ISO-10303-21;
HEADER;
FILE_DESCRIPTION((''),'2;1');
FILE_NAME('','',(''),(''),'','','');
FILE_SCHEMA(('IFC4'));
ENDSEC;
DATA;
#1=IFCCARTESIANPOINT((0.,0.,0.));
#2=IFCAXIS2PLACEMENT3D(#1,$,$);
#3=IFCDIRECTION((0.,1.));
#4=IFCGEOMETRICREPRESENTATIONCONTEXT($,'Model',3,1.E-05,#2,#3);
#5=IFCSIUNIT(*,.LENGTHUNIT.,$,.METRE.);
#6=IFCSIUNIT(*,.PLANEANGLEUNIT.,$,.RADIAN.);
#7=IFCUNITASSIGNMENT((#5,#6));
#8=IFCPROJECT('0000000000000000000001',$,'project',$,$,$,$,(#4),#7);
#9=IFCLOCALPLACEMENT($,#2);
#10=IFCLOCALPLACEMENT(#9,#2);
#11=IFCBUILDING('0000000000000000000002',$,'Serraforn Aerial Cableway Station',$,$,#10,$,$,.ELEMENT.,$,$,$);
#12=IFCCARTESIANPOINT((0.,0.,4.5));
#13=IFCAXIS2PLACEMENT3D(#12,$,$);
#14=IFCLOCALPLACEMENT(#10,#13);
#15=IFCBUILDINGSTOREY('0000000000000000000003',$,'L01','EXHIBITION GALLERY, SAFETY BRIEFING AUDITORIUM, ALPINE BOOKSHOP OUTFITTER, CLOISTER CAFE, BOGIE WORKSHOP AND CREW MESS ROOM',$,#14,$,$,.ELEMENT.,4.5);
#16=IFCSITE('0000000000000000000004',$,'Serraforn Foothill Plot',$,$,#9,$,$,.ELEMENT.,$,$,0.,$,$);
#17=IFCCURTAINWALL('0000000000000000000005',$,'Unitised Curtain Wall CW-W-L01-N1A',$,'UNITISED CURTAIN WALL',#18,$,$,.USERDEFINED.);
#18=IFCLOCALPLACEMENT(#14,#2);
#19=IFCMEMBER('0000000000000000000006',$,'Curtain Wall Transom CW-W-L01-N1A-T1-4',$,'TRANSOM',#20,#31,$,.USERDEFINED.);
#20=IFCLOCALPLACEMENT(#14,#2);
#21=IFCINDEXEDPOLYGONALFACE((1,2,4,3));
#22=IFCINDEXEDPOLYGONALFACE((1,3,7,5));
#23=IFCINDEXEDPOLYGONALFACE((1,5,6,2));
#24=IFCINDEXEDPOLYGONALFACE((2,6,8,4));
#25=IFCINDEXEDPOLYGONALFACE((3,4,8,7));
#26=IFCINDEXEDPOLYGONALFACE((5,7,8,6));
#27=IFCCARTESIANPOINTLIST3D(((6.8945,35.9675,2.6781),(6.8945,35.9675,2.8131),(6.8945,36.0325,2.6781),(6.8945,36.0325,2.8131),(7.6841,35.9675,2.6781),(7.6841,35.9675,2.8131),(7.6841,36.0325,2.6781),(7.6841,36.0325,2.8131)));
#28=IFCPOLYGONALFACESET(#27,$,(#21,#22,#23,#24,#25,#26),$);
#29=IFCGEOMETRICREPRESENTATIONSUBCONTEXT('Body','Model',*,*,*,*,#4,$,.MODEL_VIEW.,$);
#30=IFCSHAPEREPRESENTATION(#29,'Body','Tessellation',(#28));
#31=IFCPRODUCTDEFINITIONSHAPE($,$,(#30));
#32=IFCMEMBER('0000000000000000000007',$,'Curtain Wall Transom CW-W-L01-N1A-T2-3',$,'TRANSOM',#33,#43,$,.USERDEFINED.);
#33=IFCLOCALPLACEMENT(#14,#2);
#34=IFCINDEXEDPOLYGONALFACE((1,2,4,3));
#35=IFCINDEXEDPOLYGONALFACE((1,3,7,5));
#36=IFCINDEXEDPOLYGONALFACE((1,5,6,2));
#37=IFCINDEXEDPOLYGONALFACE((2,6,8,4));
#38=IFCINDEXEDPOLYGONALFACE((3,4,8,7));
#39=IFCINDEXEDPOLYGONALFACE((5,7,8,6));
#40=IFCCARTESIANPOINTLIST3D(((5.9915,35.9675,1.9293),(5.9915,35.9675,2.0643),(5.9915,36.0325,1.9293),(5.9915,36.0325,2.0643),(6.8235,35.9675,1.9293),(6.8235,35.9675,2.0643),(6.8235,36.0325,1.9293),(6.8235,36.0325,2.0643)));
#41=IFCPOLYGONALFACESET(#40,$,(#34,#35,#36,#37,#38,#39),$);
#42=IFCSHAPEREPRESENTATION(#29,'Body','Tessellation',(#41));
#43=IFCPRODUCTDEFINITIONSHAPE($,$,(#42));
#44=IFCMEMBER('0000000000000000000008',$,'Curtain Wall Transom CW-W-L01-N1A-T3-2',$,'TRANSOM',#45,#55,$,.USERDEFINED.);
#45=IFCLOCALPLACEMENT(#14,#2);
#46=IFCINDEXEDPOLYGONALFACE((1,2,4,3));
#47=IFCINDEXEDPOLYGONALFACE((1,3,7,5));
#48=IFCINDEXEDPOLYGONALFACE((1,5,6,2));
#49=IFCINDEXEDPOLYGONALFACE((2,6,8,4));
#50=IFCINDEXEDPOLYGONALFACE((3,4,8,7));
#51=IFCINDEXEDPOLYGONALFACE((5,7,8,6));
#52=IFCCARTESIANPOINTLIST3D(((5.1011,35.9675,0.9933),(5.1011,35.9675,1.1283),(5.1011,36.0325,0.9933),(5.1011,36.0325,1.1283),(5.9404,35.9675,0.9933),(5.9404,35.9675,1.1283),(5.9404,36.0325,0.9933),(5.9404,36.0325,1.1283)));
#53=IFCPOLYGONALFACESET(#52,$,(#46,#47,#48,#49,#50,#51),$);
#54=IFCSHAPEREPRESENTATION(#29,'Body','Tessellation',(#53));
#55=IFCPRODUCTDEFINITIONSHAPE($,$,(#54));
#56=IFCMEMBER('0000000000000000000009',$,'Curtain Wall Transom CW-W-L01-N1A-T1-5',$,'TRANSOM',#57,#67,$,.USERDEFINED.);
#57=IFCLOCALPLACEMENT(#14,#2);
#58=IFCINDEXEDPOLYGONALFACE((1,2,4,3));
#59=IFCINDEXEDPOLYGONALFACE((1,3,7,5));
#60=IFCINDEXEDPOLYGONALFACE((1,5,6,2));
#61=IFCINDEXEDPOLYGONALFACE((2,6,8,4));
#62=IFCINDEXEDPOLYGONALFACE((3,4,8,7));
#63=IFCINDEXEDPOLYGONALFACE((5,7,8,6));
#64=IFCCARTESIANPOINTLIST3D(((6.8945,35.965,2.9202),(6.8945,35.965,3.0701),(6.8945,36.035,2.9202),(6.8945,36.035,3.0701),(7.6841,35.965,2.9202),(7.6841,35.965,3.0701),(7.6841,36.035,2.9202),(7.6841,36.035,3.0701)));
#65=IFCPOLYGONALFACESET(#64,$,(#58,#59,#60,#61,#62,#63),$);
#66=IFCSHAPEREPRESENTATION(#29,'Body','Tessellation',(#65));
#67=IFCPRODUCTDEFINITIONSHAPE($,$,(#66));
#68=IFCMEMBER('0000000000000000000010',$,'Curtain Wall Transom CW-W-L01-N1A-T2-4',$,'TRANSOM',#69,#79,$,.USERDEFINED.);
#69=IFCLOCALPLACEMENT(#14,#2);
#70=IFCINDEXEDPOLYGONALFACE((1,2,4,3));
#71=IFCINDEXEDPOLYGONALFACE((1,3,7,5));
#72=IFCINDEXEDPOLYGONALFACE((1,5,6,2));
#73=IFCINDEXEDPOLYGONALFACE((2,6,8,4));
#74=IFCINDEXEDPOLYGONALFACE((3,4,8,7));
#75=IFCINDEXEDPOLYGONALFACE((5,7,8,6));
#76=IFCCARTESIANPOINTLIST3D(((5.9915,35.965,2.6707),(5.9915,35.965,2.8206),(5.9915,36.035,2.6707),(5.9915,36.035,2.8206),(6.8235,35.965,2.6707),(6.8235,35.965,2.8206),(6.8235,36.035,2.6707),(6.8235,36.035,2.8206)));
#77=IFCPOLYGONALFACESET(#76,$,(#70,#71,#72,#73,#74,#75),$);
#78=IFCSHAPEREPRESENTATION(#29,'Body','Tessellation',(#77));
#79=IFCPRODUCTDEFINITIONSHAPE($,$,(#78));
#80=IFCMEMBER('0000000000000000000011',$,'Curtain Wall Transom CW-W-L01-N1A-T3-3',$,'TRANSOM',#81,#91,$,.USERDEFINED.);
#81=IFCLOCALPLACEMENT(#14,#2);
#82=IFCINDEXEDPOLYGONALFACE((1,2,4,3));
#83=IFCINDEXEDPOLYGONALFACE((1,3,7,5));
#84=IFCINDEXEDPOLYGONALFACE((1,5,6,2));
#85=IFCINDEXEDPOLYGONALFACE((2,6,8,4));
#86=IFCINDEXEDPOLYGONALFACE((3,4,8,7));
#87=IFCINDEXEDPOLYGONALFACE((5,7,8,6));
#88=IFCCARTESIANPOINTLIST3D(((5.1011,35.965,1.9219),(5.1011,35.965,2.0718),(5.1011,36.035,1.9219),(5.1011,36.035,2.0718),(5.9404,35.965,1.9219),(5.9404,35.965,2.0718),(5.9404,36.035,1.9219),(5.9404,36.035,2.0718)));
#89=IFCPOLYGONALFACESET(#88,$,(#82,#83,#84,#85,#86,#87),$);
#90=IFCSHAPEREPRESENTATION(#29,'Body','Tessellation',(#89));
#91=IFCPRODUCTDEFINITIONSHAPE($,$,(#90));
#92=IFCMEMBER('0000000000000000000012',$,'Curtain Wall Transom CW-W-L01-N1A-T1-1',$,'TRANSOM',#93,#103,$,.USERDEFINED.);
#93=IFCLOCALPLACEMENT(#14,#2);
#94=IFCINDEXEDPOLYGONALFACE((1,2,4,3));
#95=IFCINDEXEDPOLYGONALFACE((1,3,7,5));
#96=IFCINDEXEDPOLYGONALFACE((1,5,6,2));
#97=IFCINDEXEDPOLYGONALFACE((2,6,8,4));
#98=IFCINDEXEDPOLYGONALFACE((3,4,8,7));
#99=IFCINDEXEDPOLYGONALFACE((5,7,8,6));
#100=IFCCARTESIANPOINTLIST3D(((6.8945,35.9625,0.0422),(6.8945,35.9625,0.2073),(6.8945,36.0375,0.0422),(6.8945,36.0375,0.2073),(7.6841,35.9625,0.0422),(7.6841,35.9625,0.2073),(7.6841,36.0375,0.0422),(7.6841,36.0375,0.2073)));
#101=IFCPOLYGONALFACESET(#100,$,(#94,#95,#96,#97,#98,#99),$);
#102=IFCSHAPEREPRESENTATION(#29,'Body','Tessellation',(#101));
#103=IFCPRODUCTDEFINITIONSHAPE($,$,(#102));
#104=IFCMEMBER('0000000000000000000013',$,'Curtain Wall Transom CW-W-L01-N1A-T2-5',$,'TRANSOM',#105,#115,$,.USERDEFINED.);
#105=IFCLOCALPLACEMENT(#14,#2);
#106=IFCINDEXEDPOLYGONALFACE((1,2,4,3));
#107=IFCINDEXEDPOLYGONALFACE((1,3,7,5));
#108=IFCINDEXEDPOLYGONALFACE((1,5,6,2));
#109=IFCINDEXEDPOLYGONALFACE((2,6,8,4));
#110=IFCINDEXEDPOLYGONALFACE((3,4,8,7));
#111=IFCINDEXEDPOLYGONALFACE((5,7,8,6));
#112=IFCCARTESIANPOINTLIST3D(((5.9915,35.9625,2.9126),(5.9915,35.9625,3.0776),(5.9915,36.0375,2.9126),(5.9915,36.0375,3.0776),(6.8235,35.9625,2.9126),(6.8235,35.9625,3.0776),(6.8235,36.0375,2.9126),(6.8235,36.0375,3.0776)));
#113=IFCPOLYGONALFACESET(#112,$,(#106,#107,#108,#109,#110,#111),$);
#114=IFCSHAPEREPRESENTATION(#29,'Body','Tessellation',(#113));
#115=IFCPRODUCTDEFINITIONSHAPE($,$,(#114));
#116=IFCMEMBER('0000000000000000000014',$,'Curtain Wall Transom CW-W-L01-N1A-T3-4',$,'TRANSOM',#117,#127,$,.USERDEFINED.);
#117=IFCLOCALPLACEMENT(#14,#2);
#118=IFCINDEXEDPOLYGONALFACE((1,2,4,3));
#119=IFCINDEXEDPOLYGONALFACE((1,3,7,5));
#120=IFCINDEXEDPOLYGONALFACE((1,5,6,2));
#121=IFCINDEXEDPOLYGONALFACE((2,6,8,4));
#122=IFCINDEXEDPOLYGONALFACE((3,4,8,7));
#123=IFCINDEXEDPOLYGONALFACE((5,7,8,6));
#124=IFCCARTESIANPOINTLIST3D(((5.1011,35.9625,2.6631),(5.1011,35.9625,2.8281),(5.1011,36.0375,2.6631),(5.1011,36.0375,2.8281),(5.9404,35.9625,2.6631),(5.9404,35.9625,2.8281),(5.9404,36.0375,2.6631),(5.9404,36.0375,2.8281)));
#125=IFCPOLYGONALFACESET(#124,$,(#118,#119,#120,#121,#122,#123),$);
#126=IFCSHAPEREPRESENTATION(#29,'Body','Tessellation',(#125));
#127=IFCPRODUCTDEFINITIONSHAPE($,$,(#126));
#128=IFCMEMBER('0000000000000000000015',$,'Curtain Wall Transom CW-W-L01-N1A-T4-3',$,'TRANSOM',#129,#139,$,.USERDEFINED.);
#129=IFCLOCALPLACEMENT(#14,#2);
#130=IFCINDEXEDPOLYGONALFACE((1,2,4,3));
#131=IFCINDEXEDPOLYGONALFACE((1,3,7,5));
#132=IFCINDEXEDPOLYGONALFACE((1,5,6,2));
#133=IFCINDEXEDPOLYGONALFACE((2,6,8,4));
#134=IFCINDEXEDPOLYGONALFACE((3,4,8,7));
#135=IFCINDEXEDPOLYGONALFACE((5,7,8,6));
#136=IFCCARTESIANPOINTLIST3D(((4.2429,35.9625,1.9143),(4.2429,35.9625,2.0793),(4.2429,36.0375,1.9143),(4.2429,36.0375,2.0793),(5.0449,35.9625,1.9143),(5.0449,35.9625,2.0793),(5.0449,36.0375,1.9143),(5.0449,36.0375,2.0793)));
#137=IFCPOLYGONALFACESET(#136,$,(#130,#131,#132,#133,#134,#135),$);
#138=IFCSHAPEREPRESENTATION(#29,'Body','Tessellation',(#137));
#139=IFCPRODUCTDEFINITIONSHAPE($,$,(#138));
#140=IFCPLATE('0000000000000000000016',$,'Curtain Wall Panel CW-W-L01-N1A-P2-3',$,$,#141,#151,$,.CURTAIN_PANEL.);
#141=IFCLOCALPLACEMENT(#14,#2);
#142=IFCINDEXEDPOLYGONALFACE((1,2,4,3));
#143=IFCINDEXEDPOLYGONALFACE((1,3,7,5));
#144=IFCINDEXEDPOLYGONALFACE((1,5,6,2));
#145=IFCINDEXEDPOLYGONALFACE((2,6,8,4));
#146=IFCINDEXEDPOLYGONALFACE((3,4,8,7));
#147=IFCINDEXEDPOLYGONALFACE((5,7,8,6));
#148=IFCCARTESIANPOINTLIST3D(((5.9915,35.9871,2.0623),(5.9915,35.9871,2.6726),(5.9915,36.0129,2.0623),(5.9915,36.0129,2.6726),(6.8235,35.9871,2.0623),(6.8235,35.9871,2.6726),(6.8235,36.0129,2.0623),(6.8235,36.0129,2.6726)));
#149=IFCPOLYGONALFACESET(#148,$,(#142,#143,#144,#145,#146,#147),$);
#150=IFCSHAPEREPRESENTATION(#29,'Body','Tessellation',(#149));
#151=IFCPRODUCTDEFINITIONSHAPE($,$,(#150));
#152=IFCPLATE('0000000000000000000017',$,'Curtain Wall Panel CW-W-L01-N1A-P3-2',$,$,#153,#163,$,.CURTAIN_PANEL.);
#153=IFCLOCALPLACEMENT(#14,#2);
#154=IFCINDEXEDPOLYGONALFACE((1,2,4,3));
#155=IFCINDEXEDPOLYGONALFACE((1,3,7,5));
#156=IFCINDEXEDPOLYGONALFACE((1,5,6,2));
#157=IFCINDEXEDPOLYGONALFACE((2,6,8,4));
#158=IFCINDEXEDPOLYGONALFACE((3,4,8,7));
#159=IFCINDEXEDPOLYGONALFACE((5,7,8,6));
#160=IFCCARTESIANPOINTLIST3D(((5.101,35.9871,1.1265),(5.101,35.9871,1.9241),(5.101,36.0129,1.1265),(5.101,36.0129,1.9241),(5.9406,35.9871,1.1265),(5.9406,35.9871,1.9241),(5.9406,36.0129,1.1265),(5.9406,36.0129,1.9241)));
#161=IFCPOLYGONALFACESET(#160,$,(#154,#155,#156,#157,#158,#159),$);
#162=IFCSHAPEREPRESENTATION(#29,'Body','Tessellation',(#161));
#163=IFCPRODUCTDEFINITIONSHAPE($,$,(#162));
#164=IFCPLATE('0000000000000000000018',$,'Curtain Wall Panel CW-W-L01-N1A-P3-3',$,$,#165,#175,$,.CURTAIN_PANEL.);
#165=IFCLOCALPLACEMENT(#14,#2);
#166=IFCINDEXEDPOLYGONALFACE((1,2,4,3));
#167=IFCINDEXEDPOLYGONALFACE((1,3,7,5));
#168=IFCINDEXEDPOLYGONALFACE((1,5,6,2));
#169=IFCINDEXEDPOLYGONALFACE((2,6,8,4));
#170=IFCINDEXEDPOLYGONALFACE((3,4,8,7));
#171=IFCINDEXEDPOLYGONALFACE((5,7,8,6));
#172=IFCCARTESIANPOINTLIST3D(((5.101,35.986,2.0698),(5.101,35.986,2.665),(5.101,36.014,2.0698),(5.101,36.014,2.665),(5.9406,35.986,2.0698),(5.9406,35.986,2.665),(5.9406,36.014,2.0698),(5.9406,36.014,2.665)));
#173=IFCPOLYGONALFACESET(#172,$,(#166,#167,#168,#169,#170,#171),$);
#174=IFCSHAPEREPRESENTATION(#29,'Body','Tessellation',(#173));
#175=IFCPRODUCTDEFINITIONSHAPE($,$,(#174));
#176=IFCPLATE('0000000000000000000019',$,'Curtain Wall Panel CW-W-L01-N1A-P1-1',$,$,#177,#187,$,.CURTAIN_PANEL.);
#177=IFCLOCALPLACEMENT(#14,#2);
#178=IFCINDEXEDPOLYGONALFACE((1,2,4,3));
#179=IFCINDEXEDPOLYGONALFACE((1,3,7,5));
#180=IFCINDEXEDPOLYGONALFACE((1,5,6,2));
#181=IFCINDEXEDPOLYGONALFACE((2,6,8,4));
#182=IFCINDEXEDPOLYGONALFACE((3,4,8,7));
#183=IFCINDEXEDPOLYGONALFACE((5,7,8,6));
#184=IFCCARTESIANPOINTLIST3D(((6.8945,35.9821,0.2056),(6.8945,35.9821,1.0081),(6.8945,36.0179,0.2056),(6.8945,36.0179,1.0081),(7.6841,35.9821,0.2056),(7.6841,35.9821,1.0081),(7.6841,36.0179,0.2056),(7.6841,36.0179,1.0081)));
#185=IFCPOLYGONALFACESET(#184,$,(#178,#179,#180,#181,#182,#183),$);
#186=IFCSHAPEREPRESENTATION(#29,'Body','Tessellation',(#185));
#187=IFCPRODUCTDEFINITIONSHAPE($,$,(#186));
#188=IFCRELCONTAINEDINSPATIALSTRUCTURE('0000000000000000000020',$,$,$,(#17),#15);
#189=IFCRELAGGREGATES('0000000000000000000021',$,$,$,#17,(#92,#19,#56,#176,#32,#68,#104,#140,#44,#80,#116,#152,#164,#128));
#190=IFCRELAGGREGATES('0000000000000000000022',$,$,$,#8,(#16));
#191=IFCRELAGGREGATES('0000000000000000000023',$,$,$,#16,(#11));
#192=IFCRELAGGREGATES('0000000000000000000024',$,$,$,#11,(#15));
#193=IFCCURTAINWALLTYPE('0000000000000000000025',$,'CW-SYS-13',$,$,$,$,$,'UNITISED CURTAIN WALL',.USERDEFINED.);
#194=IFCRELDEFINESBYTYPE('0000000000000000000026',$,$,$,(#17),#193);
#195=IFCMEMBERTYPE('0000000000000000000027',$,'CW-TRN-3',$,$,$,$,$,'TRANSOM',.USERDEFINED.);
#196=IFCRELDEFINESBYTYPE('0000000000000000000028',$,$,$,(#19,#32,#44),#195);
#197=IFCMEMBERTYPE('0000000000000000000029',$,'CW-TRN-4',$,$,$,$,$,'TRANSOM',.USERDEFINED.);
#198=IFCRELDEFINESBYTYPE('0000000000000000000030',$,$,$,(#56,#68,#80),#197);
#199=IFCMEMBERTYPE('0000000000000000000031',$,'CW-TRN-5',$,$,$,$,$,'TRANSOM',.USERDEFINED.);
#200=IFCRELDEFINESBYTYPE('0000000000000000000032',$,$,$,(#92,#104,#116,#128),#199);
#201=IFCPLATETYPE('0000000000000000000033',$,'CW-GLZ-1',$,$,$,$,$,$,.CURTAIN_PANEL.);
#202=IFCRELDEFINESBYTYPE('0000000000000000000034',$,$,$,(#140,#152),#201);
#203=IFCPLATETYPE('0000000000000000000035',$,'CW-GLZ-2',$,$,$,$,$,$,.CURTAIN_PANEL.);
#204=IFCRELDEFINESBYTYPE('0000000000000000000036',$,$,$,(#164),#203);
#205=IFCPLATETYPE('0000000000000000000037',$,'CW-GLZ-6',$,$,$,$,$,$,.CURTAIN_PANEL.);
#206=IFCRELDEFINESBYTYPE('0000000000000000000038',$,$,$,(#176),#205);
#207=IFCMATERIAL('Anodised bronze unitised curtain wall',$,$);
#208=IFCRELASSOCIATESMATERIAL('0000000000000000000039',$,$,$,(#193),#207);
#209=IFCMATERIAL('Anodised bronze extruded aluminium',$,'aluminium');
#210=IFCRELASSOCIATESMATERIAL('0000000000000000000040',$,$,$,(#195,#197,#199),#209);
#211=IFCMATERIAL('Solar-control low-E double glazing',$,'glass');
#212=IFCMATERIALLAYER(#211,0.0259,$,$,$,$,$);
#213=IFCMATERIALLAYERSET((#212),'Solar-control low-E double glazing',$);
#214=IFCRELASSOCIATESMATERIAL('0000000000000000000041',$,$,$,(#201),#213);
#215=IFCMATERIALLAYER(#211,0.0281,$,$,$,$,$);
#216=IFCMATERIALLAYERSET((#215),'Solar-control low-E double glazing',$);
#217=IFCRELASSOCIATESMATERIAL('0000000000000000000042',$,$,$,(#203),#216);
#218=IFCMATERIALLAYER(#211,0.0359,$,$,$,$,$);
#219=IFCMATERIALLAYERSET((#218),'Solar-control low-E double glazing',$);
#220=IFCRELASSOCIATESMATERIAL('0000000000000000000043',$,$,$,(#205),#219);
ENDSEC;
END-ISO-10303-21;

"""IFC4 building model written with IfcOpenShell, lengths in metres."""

from ifc_helpers import new_model, si_unit, direction, frame, origin, origin_2d, place, context, subcontext, project, spatial, rectangle, extrude, material, layer, layer_set, material_profile, profile_set, type_object, element, aggregate, save


model = new_model("IFC4")

# Units and contexts
model_context = context("Model", 3, precision=1e-05, world=origin(), true_north=direction((0.0, 1.0)))
body_context = subcontext(model_context, "Body", "Model", "MODEL_VIEW")
ifc_project = project(units=[si_unit("LENGTHUNIT", "METRE"), si_unit("PLANEANGLEUNIT", "RADIAN")], contexts=[model_context])

# Site, building, storey
site_placement = place(None, origin())
site = spatial("IfcSite", under=ifc_project, at=site_placement, Name="Serraforn Foothill Plot", CompositionType="ELEMENT", RefElevation=0.0)
building_placement = place(site_placement, origin())
building = spatial("IfcBuilding", under=site, at=building_placement, Name="Serraforn Aerial Cableway Station", CompositionType="ELEMENT")
storey_placement = place(building_placement, frame((0.0, 0.0, 4.5)))
storey = spatial("IfcBuildingStorey", under=building, at=storey_placement, Name="L01", Description="EXHIBITION GALLERY, SAFETY BRIEFING AUDITORIUM, ALPINE BOOKSHOP OUTFITTER, CLOISTER CAFE, BOGIE WORKSHOP AND CREW MESS ROOM", CompositionType="ELEMENT", Elevation=4.5)

# Curtain wall, members, plates
ifc_material_1 = material(Name="Anodised bronze unitised curtain wall")
curtain_wall_type = type_object("IfcCurtainWallType", Name="CW-SYS-13", ElementType="UNITISED CURTAIN WALL", PredefinedType="USERDEFINED", material=ifc_material_1)
curtain_wall_placement = place(storey_placement, origin())
curtain_wall = element("IfcCurtainWall", 1, at=curtain_wall_placement, inside=storey, type_object=curtain_wall_type, Name="Unitised Curtain Wall CW-W-L01-N1A", ObjectType="UNITISED CURTAIN WALL", PredefinedType="USERDEFINED")
ifc_material_2 = material(Name="Anodised bronze extruded aluminium", Category="aluminium")
ifc_material_profile_1 = material_profile(ifc_material_2, rectangle(XDim=0.0649, YDim=0.135, at=origin_2d()), Name="CW TRANSOM 65x135")
ifc_profile_set_1 = profile_set([ifc_material_profile_1], Name="Anodised bronze extruded aluminium")
member_type_1 = type_object("IfcMemberType", Name="CW-TRN-3", ElementType="TRANSOM", PredefinedType="USERDEFINED", material=ifc_profile_set_1)
member_1_placement = place(storey_placement, frame((7.6841, 36.0, 2.7456), z_axis=(-1.0, 0.0, 0.0), x_axis=(0.0, -1.0, 0.0)))
member_1 = element("IfcMember", 2, at=member_1_placement, type_object=member_type_1, Name="Curtain Wall Transom CW-W-L01-N1A-T1-4", ObjectType="TRANSOM", PredefinedType="USERDEFINED", context=body_context, shape_type="SweptSolid", body=[
    extrude(rectangle(XDim=0.0649, YDim=0.135, at=origin_2d()), origin(), (0.0, 0.0, 1.0), 0.7896),
])
member_2_placement = place(storey_placement, frame((6.8235, 36.0, 1.9968), z_axis=(-1.0, 0.0, 0.0), x_axis=(0.0, -1.0, 0.0)))
member_2 = element("IfcMember", 3, at=member_2_placement, type_object=member_type_1, Name="Curtain Wall Transom CW-W-L01-N1A-T2-3", ObjectType="TRANSOM", PredefinedType="USERDEFINED", context=body_context, shape_type="SweptSolid", body=[
    extrude(rectangle(XDim=0.0649, YDim=0.135, at=origin_2d()), origin(), (0.0, 0.0, 1.0), 0.832),
])
member_3_placement = place(storey_placement, frame((5.9404, 36.0, 1.0608), z_axis=(-1.0, 0.0, 0.0), x_axis=(0.0, -1.0, 0.0)))
member_3 = element("IfcMember", 4, at=member_3_placement, type_object=member_type_1, Name="Curtain Wall Transom CW-W-L01-N1A-T3-2", ObjectType="TRANSOM", PredefinedType="USERDEFINED", context=body_context, shape_type="SweptSolid", body=[
    extrude(rectangle(XDim=0.0649, YDim=0.135, at=origin_2d()), origin(), (0.0, 0.0, 1.0), 0.8394),
])
ifc_material_profile_2 = material_profile(ifc_material_2, rectangle(XDim=0.0701, YDim=0.1499, at=origin_2d()), Name="CW TRANSOM 70x150")
ifc_profile_set_2 = profile_set([ifc_material_profile_2], Name="Anodised bronze extruded aluminium")
member_type_2 = type_object("IfcMemberType", Name="CW-TRN-4", ElementType="TRANSOM", PredefinedType="USERDEFINED", material=ifc_profile_set_2)
member_4_placement = place(storey_placement, frame((7.6841, 36.0, 2.9951), z_axis=(-1.0, 0.0, 0.0), x_axis=(0.0, -1.0, 0.0)))
member_4 = element("IfcMember", 5, at=member_4_placement, type_object=member_type_2, Name="Curtain Wall Transom CW-W-L01-N1A-T1-5", ObjectType="TRANSOM", PredefinedType="USERDEFINED", context=body_context, shape_type="SweptSolid", body=[
    extrude(rectangle(XDim=0.0701, YDim=0.1499, at=origin_2d()), origin(), (0.0, 0.0, 1.0), 0.7896),
])
member_5_placement = place(storey_placement, frame((6.8235, 36.0, 2.7456), z_axis=(-1.0, 0.0, 0.0), x_axis=(0.0, -1.0, 0.0)))
member_5 = element("IfcMember", 6, at=member_5_placement, type_object=member_type_2, Name="Curtain Wall Transom CW-W-L01-N1A-T2-4", ObjectType="TRANSOM", PredefinedType="USERDEFINED", context=body_context, shape_type="SweptSolid", body=[
    extrude(rectangle(XDim=0.0701, YDim=0.1499, at=origin_2d()), origin(), (0.0, 0.0, 1.0), 0.832),
])
member_6_placement = place(storey_placement, frame((5.9404, 36.0, 1.9968), z_axis=(-1.0, 0.0, 0.0), x_axis=(0.0, -1.0, 0.0)))
member_6 = element("IfcMember", 7, at=member_6_placement, type_object=member_type_2, Name="Curtain Wall Transom CW-W-L01-N1A-T3-3", ObjectType="TRANSOM", PredefinedType="USERDEFINED", context=body_context, shape_type="SweptSolid", body=[
    extrude(rectangle(XDim=0.0701, YDim=0.1499, at=origin_2d()), origin(), (0.0, 0.0, 1.0), 0.8394),
])
ifc_material_profile_3 = material_profile(ifc_material_2, rectangle(XDim=0.075, YDim=0.165, at=origin_2d()), Name="CW TRANSOM 75x165")
ifc_profile_set_3 = profile_set([ifc_material_profile_3], Name="Anodised bronze extruded aluminium")
member_type_3 = type_object("IfcMemberType", Name="CW-TRN-5", ElementType="TRANSOM", PredefinedType="USERDEFINED", material=ifc_profile_set_3)
member_7_placement = place(storey_placement, frame((7.6841, 36.0, 0.1248), z_axis=(-1.0, 0.0, 0.0), x_axis=(0.0, -1.0, 0.0)))
member_7 = element("IfcMember", 8, at=member_7_placement, type_object=member_type_3, Name="Curtain Wall Transom CW-W-L01-N1A-T1-1", ObjectType="TRANSOM", PredefinedType="USERDEFINED", context=body_context, shape_type="SweptSolid", body=[
    extrude(rectangle(XDim=0.075, YDim=0.165, at=origin_2d()), origin(), (0.0, 0.0, 1.0), 0.7896),
])
member_8_placement = place(storey_placement, frame((6.8235, 36.0, 2.9951), z_axis=(-1.0, 0.0, 0.0), x_axis=(0.0, -1.0, 0.0)))
member_8 = element("IfcMember", 9, at=member_8_placement, type_object=member_type_3, Name="Curtain Wall Transom CW-W-L01-N1A-T2-5", ObjectType="TRANSOM", PredefinedType="USERDEFINED", context=body_context, shape_type="SweptSolid", body=[
    extrude(rectangle(XDim=0.075, YDim=0.165, at=origin_2d()), origin(), (0.0, 0.0, 1.0), 0.832),
])
member_9_placement = place(storey_placement, frame((5.9404, 36.0, 2.7456), z_axis=(-1.0, 0.0, 0.0), x_axis=(0.0, -1.0, 0.0)))
member_9 = element("IfcMember", 10, at=member_9_placement, type_object=member_type_3, Name="Curtain Wall Transom CW-W-L01-N1A-T3-4", ObjectType="TRANSOM", PredefinedType="USERDEFINED", context=body_context, shape_type="SweptSolid", body=[
    extrude(rectangle(XDim=0.075, YDim=0.165, at=origin_2d()), origin(), (0.0, 0.0, 1.0), 0.8394),
])
member_10_placement = place(storey_placement, frame((5.0449, 36.0, 1.9968), z_axis=(-1.0, 0.0, 0.0), x_axis=(0.0, -1.0, 0.0)))
member_10 = element("IfcMember", 11, at=member_10_placement, type_object=member_type_3, Name="Curtain Wall Transom CW-W-L01-N1A-T4-3", ObjectType="TRANSOM", PredefinedType="USERDEFINED", context=body_context, shape_type="SweptSolid", body=[
    extrude(rectangle(XDim=0.075, YDim=0.165, at=origin_2d()), origin(), (0.0, 0.0, 1.0), 0.802),
])
ifc_material_3 = material(Name="Solar-control low-E double glazing", Category="glass")
ifc_layer_1 = layer(ifc_material_3, 0.0259)
ifc_layer_set_1 = layer_set([ifc_layer_1], Name="Solar-control low-E double glazing")
plate_type_1 = type_object("IfcPlateType", Name="CW-GLZ-1", PredefinedType="CURTAIN_PANEL", material=ifc_layer_set_1)
plate_1_placement = place(storey_placement, frame((6.4075, 36.0, 2.0623), z_axis=(0.0, 0.0, 1.0), x_axis=(1.0, 0.0, 0.0)))
plate_1 = element("IfcPlate", 12, at=plate_1_placement, type_object=plate_type_1, Name="Curtain Wall Panel CW-W-L01-N1A-P2-3", PredefinedType="CURTAIN_PANEL", context=body_context, shape_type="SweptSolid", body=[
    extrude(rectangle(XDim=0.832, YDim=0.0259, at=origin_2d()), origin(), (0.0, 0.0, 1.0), 0.6104),
])
plate_2_placement = place(storey_placement, frame((5.5208, 36.0, 1.1265), z_axis=(0.0, 0.0, 1.0), x_axis=(1.0, 0.0, 0.0)))
plate_2 = element("IfcPlate", 13, at=plate_2_placement, type_object=plate_type_1, Name="Curtain Wall Panel CW-W-L01-N1A-P3-2", PredefinedType="CURTAIN_PANEL", context=body_context, shape_type="SweptSolid", body=[
    extrude(rectangle(XDim=0.8396, YDim=0.0259, at=origin_2d()), origin(), (0.0, 0.0, 1.0), 0.7976),
])
ifc_layer_2 = layer(ifc_material_3, 0.0281)
ifc_layer_set_2 = layer_set([ifc_layer_2], Name="Solar-control low-E double glazing")
plate_type_2 = type_object("IfcPlateType", Name="CW-GLZ-2", PredefinedType="CURTAIN_PANEL", material=ifc_layer_set_2)
plate_3_placement = place(storey_placement, frame((5.5208, 36.0, 2.0698), z_axis=(0.0, 0.0, 1.0), x_axis=(1.0, 0.0, 0.0)))
plate_3 = element("IfcPlate", 14, at=plate_3_placement, type_object=plate_type_2, Name="Curtain Wall Panel CW-W-L01-N1A-P3-3", PredefinedType="CURTAIN_PANEL", context=body_context, shape_type="SweptSolid", body=[
    extrude(rectangle(XDim=0.8396, YDim=0.0281, at=origin_2d()), origin(), (0.0, 0.0, 1.0), 0.5952),
])
ifc_layer_3 = layer(ifc_material_3, 0.0359)
ifc_layer_set_3 = layer_set([ifc_layer_3], Name="Solar-control low-E double glazing")
plate_type_3 = type_object("IfcPlateType", Name="CW-GLZ-6", PredefinedType="CURTAIN_PANEL", material=ifc_layer_set_3)
plate_4_placement = place(storey_placement, frame((7.2893, 36.0, 0.2056), z_axis=(0.0, 0.0, 1.0), x_axis=(1.0, 0.0, 0.0)))
plate_4 = element("IfcPlate", 15, at=plate_4_placement, type_object=plate_type_3, Name="Curtain Wall Panel CW-W-L01-N1A-P1-1", PredefinedType="CURTAIN_PANEL", context=body_context, shape_type="SweptSolid", body=[
    extrude(rectangle(XDim=0.7896, YDim=0.0359, at=origin_2d()), origin(), (0.0, 0.0, 1.0), 0.8025),
])
aggregate(curtain_wall, [member_7, member_1, member_4, plate_4, member_2, member_5, member_8, plate_1, member_3, member_6, member_9, plate_2, plate_3, member_10])

save(model, "model.ifc")
